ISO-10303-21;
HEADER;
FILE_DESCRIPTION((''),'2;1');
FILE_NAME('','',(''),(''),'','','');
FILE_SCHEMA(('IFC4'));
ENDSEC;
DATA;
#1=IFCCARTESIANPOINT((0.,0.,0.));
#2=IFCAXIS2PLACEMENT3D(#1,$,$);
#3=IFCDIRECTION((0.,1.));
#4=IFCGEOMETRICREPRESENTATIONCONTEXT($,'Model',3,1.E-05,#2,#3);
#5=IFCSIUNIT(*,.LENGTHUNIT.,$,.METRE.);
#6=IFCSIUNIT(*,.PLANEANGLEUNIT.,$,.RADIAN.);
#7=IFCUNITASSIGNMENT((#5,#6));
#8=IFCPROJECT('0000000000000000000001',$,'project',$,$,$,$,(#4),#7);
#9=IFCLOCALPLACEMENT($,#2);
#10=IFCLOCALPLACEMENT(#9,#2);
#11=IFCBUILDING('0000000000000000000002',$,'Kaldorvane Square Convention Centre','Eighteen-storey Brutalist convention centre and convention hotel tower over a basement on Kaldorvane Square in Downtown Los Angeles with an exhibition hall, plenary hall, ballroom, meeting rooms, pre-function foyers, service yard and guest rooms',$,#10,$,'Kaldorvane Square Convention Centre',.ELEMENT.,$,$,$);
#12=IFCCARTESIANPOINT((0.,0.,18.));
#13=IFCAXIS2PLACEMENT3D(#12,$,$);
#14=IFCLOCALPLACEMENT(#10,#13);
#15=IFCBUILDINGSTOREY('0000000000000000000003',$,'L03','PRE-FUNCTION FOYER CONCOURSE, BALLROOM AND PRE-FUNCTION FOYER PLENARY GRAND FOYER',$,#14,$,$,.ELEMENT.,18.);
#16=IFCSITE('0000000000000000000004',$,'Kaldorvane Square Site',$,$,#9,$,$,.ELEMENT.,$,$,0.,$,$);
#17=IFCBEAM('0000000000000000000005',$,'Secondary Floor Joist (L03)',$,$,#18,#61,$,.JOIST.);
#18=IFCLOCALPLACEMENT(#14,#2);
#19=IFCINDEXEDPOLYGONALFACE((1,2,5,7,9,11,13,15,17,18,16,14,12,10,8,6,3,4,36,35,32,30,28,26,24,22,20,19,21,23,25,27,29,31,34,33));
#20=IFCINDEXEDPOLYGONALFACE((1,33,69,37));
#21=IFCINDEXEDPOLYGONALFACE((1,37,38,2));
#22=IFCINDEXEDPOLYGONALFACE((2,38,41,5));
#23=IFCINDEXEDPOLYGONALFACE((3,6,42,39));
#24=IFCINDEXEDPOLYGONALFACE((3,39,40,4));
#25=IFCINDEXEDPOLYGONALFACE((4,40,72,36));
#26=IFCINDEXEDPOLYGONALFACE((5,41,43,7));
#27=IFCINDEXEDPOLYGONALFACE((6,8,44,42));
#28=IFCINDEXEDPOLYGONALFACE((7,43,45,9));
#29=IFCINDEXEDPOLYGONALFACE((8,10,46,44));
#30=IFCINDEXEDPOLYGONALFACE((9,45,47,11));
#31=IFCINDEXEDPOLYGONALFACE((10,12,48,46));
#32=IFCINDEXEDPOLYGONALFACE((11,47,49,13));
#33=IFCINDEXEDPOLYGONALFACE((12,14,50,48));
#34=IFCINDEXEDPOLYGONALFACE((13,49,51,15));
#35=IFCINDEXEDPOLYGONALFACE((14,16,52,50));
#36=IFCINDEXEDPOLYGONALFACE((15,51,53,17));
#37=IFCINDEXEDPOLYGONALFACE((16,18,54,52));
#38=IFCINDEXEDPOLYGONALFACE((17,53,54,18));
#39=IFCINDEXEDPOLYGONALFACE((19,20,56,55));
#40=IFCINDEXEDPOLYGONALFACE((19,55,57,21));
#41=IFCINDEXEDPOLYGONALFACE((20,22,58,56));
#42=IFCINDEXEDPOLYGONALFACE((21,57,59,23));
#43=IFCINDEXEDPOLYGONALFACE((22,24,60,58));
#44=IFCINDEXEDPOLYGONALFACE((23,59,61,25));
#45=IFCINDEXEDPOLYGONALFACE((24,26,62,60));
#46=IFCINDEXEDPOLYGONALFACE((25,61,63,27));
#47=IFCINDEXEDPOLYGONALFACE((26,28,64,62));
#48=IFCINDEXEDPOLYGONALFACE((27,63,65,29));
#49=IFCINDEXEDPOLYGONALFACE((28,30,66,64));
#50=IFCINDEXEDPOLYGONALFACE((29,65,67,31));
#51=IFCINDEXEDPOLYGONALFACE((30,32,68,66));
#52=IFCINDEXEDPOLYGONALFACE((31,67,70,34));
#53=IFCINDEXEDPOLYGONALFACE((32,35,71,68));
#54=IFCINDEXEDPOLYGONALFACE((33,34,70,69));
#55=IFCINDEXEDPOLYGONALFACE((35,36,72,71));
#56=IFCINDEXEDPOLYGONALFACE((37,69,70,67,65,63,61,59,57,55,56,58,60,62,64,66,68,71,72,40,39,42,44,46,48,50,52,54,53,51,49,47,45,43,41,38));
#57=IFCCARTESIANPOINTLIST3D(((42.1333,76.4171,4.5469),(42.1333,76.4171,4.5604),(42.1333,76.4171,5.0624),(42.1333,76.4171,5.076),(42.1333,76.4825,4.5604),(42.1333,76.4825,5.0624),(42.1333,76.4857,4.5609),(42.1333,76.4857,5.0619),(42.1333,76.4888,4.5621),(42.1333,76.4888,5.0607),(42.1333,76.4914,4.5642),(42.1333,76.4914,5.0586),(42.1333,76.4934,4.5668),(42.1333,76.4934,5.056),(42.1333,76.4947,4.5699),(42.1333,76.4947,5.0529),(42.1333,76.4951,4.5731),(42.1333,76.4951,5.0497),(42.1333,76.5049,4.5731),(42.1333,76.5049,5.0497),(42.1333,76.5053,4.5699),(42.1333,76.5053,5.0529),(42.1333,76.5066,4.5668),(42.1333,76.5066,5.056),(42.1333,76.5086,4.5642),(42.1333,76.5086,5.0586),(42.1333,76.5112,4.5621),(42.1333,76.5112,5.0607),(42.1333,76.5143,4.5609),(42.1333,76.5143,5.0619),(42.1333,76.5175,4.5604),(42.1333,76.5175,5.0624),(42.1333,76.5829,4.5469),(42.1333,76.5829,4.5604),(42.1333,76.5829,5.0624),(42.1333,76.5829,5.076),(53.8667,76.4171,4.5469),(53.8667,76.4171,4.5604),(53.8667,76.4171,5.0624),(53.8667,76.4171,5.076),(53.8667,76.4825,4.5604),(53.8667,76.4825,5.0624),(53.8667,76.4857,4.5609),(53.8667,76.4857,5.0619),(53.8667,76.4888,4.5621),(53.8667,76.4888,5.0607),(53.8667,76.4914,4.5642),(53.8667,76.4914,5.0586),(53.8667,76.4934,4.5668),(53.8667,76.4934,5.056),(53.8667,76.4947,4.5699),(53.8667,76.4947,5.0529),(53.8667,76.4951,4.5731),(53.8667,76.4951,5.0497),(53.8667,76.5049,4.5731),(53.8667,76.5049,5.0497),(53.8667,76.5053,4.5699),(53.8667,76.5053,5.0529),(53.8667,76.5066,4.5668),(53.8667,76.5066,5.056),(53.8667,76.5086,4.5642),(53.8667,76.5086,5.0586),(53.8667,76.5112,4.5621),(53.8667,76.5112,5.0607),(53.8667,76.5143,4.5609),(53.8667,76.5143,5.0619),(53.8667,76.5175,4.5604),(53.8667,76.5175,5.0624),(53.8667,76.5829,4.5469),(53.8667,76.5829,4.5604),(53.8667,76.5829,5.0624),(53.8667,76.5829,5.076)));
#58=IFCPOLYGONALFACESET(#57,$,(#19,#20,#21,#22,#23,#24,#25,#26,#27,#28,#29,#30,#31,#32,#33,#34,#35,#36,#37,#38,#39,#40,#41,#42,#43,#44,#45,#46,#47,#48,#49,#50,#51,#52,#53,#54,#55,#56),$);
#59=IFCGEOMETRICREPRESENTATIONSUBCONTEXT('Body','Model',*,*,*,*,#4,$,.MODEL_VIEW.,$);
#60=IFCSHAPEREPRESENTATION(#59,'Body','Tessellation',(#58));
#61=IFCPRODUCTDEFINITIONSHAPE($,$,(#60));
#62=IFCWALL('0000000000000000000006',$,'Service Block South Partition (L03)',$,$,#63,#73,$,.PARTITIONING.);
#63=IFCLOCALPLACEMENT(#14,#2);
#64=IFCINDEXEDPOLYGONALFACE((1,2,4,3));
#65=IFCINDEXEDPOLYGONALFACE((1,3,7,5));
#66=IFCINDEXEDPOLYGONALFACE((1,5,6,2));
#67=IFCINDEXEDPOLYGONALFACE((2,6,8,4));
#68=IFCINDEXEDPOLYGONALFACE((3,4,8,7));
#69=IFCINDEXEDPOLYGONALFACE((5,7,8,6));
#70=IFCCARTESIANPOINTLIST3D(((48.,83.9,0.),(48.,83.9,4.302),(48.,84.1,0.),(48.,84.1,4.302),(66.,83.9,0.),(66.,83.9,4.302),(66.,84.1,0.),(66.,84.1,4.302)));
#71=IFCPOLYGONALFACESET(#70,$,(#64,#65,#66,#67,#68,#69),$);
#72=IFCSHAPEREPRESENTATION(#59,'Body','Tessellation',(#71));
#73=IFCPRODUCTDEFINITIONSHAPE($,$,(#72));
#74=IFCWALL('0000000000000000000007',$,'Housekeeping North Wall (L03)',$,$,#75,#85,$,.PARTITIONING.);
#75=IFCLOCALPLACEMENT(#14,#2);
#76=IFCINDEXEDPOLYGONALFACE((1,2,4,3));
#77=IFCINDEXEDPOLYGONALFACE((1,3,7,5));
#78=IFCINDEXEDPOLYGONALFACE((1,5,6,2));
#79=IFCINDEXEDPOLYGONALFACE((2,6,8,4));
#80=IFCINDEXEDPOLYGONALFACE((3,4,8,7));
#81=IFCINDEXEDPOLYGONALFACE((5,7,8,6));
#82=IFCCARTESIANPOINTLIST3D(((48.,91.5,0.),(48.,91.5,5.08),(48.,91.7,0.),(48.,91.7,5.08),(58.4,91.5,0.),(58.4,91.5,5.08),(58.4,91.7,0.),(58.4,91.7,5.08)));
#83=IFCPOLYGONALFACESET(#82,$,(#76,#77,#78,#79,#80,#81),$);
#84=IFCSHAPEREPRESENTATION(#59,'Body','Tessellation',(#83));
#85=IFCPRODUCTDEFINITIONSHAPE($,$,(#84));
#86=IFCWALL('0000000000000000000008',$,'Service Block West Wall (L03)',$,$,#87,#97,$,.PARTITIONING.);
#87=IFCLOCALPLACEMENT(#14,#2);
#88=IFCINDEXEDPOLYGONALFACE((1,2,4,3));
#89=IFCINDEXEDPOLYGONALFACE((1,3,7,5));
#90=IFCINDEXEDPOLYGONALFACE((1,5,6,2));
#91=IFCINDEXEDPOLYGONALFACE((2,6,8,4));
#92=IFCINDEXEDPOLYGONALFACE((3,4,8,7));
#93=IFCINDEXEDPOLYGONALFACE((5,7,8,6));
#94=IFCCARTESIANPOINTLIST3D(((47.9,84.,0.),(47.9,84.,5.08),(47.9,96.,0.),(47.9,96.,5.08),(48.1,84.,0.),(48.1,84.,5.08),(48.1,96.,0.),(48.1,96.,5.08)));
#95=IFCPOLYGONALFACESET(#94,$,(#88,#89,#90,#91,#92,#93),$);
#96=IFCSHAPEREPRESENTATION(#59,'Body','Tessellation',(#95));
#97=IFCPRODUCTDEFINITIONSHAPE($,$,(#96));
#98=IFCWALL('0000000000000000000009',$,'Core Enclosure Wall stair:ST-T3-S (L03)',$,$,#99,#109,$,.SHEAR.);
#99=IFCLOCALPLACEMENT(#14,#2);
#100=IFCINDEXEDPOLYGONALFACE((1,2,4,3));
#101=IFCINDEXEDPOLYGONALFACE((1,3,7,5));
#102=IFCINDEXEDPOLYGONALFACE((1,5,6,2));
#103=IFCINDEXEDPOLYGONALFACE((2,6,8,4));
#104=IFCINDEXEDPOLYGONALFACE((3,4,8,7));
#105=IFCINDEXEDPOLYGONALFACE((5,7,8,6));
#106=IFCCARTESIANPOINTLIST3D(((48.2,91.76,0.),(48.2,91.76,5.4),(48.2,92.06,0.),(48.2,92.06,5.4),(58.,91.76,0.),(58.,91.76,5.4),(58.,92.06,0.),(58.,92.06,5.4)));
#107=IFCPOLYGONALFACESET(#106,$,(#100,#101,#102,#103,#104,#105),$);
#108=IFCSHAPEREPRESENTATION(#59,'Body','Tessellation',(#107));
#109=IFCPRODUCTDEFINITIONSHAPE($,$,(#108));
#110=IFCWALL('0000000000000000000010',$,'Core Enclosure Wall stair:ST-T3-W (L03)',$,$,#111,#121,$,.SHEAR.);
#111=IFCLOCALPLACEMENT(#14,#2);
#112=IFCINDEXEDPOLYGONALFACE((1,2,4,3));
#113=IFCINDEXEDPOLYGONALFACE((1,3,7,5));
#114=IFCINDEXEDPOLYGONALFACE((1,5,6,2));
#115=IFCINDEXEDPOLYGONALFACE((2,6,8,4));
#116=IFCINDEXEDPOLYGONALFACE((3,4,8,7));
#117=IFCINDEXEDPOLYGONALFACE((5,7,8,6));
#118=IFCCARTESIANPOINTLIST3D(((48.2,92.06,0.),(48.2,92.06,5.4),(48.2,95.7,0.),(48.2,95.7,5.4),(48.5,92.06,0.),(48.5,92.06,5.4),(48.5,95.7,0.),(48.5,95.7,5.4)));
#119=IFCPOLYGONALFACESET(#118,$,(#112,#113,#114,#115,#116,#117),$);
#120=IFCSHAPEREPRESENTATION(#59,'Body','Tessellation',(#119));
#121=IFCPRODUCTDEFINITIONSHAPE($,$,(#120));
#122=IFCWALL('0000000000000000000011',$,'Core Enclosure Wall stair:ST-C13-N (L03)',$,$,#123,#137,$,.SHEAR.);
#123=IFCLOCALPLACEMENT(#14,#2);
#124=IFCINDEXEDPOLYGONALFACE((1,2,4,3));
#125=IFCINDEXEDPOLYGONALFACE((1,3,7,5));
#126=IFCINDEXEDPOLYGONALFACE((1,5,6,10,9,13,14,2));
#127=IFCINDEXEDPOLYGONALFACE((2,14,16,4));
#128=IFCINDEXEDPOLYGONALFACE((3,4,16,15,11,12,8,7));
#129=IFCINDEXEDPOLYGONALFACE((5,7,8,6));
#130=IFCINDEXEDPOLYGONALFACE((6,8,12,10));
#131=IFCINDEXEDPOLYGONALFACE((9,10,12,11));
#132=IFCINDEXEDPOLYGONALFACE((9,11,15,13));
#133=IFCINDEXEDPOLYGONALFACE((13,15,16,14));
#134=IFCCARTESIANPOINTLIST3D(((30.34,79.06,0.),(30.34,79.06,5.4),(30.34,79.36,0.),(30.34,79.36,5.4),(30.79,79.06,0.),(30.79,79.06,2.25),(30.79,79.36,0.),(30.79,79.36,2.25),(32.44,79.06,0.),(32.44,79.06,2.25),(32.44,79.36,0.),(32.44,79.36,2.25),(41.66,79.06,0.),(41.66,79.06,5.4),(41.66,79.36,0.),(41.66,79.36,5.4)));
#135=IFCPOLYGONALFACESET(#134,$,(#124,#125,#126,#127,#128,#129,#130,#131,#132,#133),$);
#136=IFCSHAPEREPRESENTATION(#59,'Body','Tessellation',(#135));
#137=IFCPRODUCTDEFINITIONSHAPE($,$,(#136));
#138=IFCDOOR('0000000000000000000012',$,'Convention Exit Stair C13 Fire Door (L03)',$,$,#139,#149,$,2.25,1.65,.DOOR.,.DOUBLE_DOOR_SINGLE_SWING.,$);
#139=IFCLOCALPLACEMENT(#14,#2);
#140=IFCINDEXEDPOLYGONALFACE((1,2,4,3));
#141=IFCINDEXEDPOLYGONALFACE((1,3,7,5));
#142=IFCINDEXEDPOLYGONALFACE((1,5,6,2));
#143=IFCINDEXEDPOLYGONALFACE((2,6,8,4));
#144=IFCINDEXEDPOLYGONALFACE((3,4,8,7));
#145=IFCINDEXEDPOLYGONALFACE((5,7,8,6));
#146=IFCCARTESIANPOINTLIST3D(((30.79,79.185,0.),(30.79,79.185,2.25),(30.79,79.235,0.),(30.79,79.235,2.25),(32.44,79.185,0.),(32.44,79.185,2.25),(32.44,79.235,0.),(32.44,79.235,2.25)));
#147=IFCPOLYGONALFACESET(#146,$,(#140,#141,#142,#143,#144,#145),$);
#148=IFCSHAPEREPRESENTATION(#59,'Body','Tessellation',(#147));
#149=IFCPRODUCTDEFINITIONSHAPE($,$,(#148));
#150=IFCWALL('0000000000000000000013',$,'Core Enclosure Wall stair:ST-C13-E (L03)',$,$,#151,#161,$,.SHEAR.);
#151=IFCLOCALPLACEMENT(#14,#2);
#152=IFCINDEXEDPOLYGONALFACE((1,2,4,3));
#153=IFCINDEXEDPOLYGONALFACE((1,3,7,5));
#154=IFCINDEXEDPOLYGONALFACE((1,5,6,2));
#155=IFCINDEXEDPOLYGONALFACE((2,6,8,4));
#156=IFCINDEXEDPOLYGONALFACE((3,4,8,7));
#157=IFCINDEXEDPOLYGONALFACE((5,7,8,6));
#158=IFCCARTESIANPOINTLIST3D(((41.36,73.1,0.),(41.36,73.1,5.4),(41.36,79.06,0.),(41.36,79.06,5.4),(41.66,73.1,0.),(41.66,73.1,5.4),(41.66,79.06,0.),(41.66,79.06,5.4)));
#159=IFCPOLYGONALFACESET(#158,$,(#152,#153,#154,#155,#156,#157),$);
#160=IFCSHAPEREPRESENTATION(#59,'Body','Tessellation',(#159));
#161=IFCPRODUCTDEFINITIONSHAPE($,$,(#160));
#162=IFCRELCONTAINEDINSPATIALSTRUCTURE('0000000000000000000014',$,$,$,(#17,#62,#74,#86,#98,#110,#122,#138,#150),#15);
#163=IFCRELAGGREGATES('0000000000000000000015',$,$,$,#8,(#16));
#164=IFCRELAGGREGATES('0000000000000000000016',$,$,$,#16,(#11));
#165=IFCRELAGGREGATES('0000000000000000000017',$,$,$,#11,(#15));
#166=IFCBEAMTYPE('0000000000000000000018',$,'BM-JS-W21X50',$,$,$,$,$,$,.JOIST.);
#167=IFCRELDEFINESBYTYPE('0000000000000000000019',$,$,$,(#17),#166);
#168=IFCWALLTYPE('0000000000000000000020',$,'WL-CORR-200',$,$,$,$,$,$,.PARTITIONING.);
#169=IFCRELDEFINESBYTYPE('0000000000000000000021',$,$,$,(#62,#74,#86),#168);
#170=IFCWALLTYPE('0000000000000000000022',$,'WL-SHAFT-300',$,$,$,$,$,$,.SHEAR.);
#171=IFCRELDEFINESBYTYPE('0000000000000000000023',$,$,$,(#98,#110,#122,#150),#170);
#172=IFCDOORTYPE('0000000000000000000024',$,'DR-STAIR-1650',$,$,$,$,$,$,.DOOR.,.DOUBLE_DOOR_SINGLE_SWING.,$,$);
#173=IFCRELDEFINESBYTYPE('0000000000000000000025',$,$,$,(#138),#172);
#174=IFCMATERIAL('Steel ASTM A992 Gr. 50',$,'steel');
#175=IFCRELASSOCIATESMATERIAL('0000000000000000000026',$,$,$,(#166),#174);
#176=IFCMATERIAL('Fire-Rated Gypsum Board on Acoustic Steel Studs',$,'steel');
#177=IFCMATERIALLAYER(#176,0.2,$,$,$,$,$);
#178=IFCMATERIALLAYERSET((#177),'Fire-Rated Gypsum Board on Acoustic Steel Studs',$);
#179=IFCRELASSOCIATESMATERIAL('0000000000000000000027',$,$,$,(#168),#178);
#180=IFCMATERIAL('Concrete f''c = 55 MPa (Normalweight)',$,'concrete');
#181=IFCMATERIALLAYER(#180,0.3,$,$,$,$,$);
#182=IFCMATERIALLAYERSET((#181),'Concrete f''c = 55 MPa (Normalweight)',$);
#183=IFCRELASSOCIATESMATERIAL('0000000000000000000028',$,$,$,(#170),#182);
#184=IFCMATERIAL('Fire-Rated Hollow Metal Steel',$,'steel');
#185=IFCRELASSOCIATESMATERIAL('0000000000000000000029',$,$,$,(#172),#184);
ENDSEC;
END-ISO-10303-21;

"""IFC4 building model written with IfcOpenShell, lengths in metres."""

from ifc_helpers import new_model, si_unit, direction, frame, frame_2d, origin, origin_2d, place, context, subcontext, project, spatial, rectangle, i_section, extrude, material, layer, layer_set, material_profile, profile_set, type_object, element, fill, save


model = new_model("IFC4")

# Units and contexts
model_context = context("Model", 3, precision=1e-05, world=origin(), true_north=direction((0.0, 1.0)))
body_context = subcontext(model_context, "Body", "Model", "MODEL_VIEW")
ifc_project = project(units=[si_unit("LENGTHUNIT", "METRE"), si_unit("PLANEANGLEUNIT", "RADIAN")], contexts=[model_context])

# Site, building, storey
site_placement = place(None, origin())
site = spatial("IfcSite", under=ifc_project, at=site_placement, Name="Kaldorvane Square Site", CompositionType="ELEMENT", RefElevation=0.0)
building_placement = place(site_placement, origin())
building = spatial("IfcBuilding", under=site, at=building_placement, Name="Kaldorvane Square Convention Centre", Description="Eighteen-storey Brutalist convention centre and convention hotel tower over a basement on Kaldorvane Square in Downtown Los Angeles with an exhibition hall, plenary hall, ballroom, meeting rooms, pre-function foyers, service yard and guest rooms", LongName="Kaldorvane Square Convention Centre", CompositionType="ELEMENT")
storey_placement = place(building_placement, frame((0.0, 0.0, 18.0)))
storey = spatial("IfcBuildingStorey", under=building, at=storey_placement, Name="L03", Description="PRE-FUNCTION FOYER CONCOURSE, BALLROOM AND PRE-FUNCTION FOYER PLENARY GRAND FOYER", CompositionType="ELEMENT", Elevation=18.0)

# Shared definitions
ifc_material_1 = material(Name="Concrete f'c = 55 MPa (Normalweight)", Category="concrete")
ifc_material_2 = material(Name="Steel ASTM A992 Gr. 50", Category="steel")

# Beam
ifc_material_profile_1 = material_profile(ifc_material_2, i_section(OverallWidth=0.1659, OverallDepth=0.5291, WebThickness=0.0097, FlangeThickness=0.0136, FilletRadius=0.0127, at=origin_2d()), Name="W21X50")
ifc_profile_set_1 = profile_set([ifc_material_profile_1], Name="Steel ASTM A992 Gr. 50")
beam_type_1 = type_object("IfcBeamType", Name="BM-JS-W21X50", PredefinedType="JOIST", material=ifc_profile_set_1)
beam_1_placement = place(storey_placement, frame((42.1333, 76.5, 4.8114), z_axis=(1.0, 0.0, 0.0), x_axis=(0.0, 1.0, 0.0)))
element("IfcBeam", 1, at=beam_1_placement, inside=storey, type_object=beam_type_1, Name="Secondary Floor Joist (L03)", PredefinedType="JOIST", context=body_context, shape_type="SweptSolid", body=[
    extrude(i_section(OverallWidth=0.1659, OverallDepth=0.5291, WebThickness=0.0097, FlangeThickness=0.0136, FilletRadius=0.0127, at=origin_2d()), origin(), (0.0, 0.0, 1.0), 11.7334),
])

# Walls
ifc_material_3 = material(Name="Fire-Rated Gypsum Board on Acoustic Steel Studs", Category="steel")
ifc_layer_1 = layer(ifc_material_3, 0.2)
ifc_layer_set_1 = layer_set([ifc_layer_1], Name="Fire-Rated Gypsum Board on Acoustic Steel Studs")
wall_type_1 = type_object("IfcWallType", Name="WL-CORR-200", PredefinedType="PARTITIONING", material=ifc_layer_set_1)
wall_1_placement = place(storey_placement, frame((48.0, 84.0, 0.0), z_axis=(0.0, 0.0, 1.0), x_axis=(1.0, 0.0, 0.0)))
element("IfcWall", 2, at=wall_1_placement, inside=storey, type_object=wall_type_1, Name="Service Block South Partition (L03)", PredefinedType="PARTITIONING", context=body_context, shape_type="SweptSolid", body=[
    extrude(rectangle(XDim=18.0, YDim=0.2, at=frame_2d((9.0, 0.0))), origin(), (0.0, 0.0, 1.0), 4.302),
])
wall_2_placement = place(storey_placement, frame((48.0, 91.6, 0.0), z_axis=(0.0, 0.0, 1.0), x_axis=(1.0, 0.0, 0.0)))
element("IfcWall", 3, at=wall_2_placement, inside=storey, type_object=wall_type_1, Name="Housekeeping North Wall (L03)", PredefinedType="PARTITIONING", context=body_context, shape_type="SweptSolid", body=[
    extrude(rectangle(XDim=10.4, YDim=0.2, at=frame_2d((5.2, 0.0))), origin(), (0.0, 0.0, 1.0), 5.08),
])
wall_3_placement = place(storey_placement, frame((48.0, 84.0, 0.0), z_axis=(0.0, 0.0, 1.0), x_axis=(0.0, 1.0, 0.0)))
element("IfcWall", 4, at=wall_3_placement, inside=storey, type_object=wall_type_1, Name="Service Block West Wall (L03)", PredefinedType="PARTITIONING", context=body_context, shape_type="SweptSolid", body=[
    extrude(rectangle(XDim=12.0, YDim=0.2, at=frame_2d((6.0, 0.0))), origin(), (0.0, 0.0, 1.0), 5.08),
])
ifc_layer_2 = layer(ifc_material_1, 0.3)
ifc_layer_set_2 = layer_set([ifc_layer_2], Name="Concrete f'c = 55 MPa (Normalweight)")
wall_type_2 = type_object("IfcWallType", Name="WL-SHAFT-300", PredefinedType="SHEAR", material=ifc_layer_set_2)
wall_4_placement = place(storey_placement, frame((48.2, 91.91, 0.0), z_axis=(0.0, 0.0, 1.0), x_axis=(1.0, 0.0, 0.0)))
element("IfcWall", 5, at=wall_4_placement, inside=storey, type_object=wall_type_2, Name="Core Enclosure Wall stair:ST-T3-S (L03)", PredefinedType="SHEAR", context=body_context, shape_type="SweptSolid", body=[
    extrude(rectangle(XDim=9.8, YDim=0.3, at=frame_2d((4.9, 0.0))), origin(), (0.0, 0.0, 1.0), 5.4),
])
wall_5_placement = place(storey_placement, frame((48.35, 95.7, 0.0), z_axis=(0.0, 0.0, 1.0), x_axis=(0.0, -1.0, 0.0)))
element("IfcWall", 6, at=wall_5_placement, inside=storey, type_object=wall_type_2, Name="Core Enclosure Wall stair:ST-T3-W (L03)", PredefinedType="SHEAR", context=body_context, shape_type="SweptSolid", body=[
    extrude(rectangle(XDim=3.64, YDim=0.3, at=frame_2d((1.82, 0.0))), origin(), (0.0, 0.0, 1.0), 5.4),
])

# Wall, opening, door
wall_6_placement = place(storey_placement, frame((41.66, 79.21, 0.0), z_axis=(0.0, 0.0, 1.0), x_axis=(-1.0, 0.0, 0.0)))
wall_6 = element("IfcWall", 7, at=wall_6_placement, inside=storey, type_object=wall_type_2, Name="Core Enclosure Wall stair:ST-C13-N (L03)", PredefinedType="SHEAR", context=body_context, shape_type="SweptSolid", body=[
    extrude(rectangle(XDim=11.32, YDim=0.3, at=frame_2d((5.66, 0.0))), origin(), (0.0, 0.0, 1.0), 5.4),
])
opening_placement = place(wall_6_placement, frame((9.22, 0.0, 0.0)))
opening = element("IfcOpeningElement", 8, at=opening_placement, cuts=wall_6, PredefinedType="OPENING", context=body_context, shape_type="SweptSolid", body=[
    extrude(rectangle(XDim=1.65, YDim=2.25, at=frame_2d((0.825, 1.125))), frame((0.0, 0.165, 0.0), z_axis=(0.0, -1.0, 0.0), x_axis=(1.0, 0.0, 0.0)), (0.0, 0.0, 1.0), 0.33),
])
ifc_material_4 = material(Name="Fire-Rated Hollow Metal Steel", Category="steel")
door_type = type_object("IfcDoorType", Name="DR-STAIR-1650", OperationType="DOUBLE_DOOR_SINGLE_SWING", PredefinedType="DOOR", material=ifc_material_4)
door_placement = place(opening_placement, origin())
door = element("IfcDoor", 9, at=door_placement, inside=storey, type_object=door_type, Name="Convention Exit Stair C13 Fire Door (L03)", OperationType="DOUBLE_DOOR_SINGLE_SWING", OverallHeight=2.25, OverallWidth=1.65, PredefinedType="DOOR", context=body_context, shape_type="SweptSolid", body=[
    extrude(rectangle(XDim=1.65, YDim=2.25, at=frame_2d((0.825, 1.125))), frame((0.0, 0.025, 0.0), z_axis=(0.0, -1.0, 0.0), x_axis=(1.0, 0.0, 0.0)), (0.0, 0.0, 1.0), 0.05),
])
fill(opening, door)

# Wall
wall_7_placement = place(storey_placement, frame((41.51, 73.1, 0.0), z_axis=(0.0, 0.0, 1.0), x_axis=(0.0, 1.0, 0.0)))
element("IfcWall", 10, at=wall_7_placement, inside=storey, type_object=wall_type_2, Name="Core Enclosure Wall stair:ST-C13-E (L03)", PredefinedType="SHEAR", context=body_context, shape_type="SweptSolid", body=[
    extrude(rectangle(XDim=5.96, YDim=0.3, at=frame_2d((2.98, 0.0))), origin(), (0.0, 0.0, 1.0), 5.4),
])

save(model, "model.ifc")
